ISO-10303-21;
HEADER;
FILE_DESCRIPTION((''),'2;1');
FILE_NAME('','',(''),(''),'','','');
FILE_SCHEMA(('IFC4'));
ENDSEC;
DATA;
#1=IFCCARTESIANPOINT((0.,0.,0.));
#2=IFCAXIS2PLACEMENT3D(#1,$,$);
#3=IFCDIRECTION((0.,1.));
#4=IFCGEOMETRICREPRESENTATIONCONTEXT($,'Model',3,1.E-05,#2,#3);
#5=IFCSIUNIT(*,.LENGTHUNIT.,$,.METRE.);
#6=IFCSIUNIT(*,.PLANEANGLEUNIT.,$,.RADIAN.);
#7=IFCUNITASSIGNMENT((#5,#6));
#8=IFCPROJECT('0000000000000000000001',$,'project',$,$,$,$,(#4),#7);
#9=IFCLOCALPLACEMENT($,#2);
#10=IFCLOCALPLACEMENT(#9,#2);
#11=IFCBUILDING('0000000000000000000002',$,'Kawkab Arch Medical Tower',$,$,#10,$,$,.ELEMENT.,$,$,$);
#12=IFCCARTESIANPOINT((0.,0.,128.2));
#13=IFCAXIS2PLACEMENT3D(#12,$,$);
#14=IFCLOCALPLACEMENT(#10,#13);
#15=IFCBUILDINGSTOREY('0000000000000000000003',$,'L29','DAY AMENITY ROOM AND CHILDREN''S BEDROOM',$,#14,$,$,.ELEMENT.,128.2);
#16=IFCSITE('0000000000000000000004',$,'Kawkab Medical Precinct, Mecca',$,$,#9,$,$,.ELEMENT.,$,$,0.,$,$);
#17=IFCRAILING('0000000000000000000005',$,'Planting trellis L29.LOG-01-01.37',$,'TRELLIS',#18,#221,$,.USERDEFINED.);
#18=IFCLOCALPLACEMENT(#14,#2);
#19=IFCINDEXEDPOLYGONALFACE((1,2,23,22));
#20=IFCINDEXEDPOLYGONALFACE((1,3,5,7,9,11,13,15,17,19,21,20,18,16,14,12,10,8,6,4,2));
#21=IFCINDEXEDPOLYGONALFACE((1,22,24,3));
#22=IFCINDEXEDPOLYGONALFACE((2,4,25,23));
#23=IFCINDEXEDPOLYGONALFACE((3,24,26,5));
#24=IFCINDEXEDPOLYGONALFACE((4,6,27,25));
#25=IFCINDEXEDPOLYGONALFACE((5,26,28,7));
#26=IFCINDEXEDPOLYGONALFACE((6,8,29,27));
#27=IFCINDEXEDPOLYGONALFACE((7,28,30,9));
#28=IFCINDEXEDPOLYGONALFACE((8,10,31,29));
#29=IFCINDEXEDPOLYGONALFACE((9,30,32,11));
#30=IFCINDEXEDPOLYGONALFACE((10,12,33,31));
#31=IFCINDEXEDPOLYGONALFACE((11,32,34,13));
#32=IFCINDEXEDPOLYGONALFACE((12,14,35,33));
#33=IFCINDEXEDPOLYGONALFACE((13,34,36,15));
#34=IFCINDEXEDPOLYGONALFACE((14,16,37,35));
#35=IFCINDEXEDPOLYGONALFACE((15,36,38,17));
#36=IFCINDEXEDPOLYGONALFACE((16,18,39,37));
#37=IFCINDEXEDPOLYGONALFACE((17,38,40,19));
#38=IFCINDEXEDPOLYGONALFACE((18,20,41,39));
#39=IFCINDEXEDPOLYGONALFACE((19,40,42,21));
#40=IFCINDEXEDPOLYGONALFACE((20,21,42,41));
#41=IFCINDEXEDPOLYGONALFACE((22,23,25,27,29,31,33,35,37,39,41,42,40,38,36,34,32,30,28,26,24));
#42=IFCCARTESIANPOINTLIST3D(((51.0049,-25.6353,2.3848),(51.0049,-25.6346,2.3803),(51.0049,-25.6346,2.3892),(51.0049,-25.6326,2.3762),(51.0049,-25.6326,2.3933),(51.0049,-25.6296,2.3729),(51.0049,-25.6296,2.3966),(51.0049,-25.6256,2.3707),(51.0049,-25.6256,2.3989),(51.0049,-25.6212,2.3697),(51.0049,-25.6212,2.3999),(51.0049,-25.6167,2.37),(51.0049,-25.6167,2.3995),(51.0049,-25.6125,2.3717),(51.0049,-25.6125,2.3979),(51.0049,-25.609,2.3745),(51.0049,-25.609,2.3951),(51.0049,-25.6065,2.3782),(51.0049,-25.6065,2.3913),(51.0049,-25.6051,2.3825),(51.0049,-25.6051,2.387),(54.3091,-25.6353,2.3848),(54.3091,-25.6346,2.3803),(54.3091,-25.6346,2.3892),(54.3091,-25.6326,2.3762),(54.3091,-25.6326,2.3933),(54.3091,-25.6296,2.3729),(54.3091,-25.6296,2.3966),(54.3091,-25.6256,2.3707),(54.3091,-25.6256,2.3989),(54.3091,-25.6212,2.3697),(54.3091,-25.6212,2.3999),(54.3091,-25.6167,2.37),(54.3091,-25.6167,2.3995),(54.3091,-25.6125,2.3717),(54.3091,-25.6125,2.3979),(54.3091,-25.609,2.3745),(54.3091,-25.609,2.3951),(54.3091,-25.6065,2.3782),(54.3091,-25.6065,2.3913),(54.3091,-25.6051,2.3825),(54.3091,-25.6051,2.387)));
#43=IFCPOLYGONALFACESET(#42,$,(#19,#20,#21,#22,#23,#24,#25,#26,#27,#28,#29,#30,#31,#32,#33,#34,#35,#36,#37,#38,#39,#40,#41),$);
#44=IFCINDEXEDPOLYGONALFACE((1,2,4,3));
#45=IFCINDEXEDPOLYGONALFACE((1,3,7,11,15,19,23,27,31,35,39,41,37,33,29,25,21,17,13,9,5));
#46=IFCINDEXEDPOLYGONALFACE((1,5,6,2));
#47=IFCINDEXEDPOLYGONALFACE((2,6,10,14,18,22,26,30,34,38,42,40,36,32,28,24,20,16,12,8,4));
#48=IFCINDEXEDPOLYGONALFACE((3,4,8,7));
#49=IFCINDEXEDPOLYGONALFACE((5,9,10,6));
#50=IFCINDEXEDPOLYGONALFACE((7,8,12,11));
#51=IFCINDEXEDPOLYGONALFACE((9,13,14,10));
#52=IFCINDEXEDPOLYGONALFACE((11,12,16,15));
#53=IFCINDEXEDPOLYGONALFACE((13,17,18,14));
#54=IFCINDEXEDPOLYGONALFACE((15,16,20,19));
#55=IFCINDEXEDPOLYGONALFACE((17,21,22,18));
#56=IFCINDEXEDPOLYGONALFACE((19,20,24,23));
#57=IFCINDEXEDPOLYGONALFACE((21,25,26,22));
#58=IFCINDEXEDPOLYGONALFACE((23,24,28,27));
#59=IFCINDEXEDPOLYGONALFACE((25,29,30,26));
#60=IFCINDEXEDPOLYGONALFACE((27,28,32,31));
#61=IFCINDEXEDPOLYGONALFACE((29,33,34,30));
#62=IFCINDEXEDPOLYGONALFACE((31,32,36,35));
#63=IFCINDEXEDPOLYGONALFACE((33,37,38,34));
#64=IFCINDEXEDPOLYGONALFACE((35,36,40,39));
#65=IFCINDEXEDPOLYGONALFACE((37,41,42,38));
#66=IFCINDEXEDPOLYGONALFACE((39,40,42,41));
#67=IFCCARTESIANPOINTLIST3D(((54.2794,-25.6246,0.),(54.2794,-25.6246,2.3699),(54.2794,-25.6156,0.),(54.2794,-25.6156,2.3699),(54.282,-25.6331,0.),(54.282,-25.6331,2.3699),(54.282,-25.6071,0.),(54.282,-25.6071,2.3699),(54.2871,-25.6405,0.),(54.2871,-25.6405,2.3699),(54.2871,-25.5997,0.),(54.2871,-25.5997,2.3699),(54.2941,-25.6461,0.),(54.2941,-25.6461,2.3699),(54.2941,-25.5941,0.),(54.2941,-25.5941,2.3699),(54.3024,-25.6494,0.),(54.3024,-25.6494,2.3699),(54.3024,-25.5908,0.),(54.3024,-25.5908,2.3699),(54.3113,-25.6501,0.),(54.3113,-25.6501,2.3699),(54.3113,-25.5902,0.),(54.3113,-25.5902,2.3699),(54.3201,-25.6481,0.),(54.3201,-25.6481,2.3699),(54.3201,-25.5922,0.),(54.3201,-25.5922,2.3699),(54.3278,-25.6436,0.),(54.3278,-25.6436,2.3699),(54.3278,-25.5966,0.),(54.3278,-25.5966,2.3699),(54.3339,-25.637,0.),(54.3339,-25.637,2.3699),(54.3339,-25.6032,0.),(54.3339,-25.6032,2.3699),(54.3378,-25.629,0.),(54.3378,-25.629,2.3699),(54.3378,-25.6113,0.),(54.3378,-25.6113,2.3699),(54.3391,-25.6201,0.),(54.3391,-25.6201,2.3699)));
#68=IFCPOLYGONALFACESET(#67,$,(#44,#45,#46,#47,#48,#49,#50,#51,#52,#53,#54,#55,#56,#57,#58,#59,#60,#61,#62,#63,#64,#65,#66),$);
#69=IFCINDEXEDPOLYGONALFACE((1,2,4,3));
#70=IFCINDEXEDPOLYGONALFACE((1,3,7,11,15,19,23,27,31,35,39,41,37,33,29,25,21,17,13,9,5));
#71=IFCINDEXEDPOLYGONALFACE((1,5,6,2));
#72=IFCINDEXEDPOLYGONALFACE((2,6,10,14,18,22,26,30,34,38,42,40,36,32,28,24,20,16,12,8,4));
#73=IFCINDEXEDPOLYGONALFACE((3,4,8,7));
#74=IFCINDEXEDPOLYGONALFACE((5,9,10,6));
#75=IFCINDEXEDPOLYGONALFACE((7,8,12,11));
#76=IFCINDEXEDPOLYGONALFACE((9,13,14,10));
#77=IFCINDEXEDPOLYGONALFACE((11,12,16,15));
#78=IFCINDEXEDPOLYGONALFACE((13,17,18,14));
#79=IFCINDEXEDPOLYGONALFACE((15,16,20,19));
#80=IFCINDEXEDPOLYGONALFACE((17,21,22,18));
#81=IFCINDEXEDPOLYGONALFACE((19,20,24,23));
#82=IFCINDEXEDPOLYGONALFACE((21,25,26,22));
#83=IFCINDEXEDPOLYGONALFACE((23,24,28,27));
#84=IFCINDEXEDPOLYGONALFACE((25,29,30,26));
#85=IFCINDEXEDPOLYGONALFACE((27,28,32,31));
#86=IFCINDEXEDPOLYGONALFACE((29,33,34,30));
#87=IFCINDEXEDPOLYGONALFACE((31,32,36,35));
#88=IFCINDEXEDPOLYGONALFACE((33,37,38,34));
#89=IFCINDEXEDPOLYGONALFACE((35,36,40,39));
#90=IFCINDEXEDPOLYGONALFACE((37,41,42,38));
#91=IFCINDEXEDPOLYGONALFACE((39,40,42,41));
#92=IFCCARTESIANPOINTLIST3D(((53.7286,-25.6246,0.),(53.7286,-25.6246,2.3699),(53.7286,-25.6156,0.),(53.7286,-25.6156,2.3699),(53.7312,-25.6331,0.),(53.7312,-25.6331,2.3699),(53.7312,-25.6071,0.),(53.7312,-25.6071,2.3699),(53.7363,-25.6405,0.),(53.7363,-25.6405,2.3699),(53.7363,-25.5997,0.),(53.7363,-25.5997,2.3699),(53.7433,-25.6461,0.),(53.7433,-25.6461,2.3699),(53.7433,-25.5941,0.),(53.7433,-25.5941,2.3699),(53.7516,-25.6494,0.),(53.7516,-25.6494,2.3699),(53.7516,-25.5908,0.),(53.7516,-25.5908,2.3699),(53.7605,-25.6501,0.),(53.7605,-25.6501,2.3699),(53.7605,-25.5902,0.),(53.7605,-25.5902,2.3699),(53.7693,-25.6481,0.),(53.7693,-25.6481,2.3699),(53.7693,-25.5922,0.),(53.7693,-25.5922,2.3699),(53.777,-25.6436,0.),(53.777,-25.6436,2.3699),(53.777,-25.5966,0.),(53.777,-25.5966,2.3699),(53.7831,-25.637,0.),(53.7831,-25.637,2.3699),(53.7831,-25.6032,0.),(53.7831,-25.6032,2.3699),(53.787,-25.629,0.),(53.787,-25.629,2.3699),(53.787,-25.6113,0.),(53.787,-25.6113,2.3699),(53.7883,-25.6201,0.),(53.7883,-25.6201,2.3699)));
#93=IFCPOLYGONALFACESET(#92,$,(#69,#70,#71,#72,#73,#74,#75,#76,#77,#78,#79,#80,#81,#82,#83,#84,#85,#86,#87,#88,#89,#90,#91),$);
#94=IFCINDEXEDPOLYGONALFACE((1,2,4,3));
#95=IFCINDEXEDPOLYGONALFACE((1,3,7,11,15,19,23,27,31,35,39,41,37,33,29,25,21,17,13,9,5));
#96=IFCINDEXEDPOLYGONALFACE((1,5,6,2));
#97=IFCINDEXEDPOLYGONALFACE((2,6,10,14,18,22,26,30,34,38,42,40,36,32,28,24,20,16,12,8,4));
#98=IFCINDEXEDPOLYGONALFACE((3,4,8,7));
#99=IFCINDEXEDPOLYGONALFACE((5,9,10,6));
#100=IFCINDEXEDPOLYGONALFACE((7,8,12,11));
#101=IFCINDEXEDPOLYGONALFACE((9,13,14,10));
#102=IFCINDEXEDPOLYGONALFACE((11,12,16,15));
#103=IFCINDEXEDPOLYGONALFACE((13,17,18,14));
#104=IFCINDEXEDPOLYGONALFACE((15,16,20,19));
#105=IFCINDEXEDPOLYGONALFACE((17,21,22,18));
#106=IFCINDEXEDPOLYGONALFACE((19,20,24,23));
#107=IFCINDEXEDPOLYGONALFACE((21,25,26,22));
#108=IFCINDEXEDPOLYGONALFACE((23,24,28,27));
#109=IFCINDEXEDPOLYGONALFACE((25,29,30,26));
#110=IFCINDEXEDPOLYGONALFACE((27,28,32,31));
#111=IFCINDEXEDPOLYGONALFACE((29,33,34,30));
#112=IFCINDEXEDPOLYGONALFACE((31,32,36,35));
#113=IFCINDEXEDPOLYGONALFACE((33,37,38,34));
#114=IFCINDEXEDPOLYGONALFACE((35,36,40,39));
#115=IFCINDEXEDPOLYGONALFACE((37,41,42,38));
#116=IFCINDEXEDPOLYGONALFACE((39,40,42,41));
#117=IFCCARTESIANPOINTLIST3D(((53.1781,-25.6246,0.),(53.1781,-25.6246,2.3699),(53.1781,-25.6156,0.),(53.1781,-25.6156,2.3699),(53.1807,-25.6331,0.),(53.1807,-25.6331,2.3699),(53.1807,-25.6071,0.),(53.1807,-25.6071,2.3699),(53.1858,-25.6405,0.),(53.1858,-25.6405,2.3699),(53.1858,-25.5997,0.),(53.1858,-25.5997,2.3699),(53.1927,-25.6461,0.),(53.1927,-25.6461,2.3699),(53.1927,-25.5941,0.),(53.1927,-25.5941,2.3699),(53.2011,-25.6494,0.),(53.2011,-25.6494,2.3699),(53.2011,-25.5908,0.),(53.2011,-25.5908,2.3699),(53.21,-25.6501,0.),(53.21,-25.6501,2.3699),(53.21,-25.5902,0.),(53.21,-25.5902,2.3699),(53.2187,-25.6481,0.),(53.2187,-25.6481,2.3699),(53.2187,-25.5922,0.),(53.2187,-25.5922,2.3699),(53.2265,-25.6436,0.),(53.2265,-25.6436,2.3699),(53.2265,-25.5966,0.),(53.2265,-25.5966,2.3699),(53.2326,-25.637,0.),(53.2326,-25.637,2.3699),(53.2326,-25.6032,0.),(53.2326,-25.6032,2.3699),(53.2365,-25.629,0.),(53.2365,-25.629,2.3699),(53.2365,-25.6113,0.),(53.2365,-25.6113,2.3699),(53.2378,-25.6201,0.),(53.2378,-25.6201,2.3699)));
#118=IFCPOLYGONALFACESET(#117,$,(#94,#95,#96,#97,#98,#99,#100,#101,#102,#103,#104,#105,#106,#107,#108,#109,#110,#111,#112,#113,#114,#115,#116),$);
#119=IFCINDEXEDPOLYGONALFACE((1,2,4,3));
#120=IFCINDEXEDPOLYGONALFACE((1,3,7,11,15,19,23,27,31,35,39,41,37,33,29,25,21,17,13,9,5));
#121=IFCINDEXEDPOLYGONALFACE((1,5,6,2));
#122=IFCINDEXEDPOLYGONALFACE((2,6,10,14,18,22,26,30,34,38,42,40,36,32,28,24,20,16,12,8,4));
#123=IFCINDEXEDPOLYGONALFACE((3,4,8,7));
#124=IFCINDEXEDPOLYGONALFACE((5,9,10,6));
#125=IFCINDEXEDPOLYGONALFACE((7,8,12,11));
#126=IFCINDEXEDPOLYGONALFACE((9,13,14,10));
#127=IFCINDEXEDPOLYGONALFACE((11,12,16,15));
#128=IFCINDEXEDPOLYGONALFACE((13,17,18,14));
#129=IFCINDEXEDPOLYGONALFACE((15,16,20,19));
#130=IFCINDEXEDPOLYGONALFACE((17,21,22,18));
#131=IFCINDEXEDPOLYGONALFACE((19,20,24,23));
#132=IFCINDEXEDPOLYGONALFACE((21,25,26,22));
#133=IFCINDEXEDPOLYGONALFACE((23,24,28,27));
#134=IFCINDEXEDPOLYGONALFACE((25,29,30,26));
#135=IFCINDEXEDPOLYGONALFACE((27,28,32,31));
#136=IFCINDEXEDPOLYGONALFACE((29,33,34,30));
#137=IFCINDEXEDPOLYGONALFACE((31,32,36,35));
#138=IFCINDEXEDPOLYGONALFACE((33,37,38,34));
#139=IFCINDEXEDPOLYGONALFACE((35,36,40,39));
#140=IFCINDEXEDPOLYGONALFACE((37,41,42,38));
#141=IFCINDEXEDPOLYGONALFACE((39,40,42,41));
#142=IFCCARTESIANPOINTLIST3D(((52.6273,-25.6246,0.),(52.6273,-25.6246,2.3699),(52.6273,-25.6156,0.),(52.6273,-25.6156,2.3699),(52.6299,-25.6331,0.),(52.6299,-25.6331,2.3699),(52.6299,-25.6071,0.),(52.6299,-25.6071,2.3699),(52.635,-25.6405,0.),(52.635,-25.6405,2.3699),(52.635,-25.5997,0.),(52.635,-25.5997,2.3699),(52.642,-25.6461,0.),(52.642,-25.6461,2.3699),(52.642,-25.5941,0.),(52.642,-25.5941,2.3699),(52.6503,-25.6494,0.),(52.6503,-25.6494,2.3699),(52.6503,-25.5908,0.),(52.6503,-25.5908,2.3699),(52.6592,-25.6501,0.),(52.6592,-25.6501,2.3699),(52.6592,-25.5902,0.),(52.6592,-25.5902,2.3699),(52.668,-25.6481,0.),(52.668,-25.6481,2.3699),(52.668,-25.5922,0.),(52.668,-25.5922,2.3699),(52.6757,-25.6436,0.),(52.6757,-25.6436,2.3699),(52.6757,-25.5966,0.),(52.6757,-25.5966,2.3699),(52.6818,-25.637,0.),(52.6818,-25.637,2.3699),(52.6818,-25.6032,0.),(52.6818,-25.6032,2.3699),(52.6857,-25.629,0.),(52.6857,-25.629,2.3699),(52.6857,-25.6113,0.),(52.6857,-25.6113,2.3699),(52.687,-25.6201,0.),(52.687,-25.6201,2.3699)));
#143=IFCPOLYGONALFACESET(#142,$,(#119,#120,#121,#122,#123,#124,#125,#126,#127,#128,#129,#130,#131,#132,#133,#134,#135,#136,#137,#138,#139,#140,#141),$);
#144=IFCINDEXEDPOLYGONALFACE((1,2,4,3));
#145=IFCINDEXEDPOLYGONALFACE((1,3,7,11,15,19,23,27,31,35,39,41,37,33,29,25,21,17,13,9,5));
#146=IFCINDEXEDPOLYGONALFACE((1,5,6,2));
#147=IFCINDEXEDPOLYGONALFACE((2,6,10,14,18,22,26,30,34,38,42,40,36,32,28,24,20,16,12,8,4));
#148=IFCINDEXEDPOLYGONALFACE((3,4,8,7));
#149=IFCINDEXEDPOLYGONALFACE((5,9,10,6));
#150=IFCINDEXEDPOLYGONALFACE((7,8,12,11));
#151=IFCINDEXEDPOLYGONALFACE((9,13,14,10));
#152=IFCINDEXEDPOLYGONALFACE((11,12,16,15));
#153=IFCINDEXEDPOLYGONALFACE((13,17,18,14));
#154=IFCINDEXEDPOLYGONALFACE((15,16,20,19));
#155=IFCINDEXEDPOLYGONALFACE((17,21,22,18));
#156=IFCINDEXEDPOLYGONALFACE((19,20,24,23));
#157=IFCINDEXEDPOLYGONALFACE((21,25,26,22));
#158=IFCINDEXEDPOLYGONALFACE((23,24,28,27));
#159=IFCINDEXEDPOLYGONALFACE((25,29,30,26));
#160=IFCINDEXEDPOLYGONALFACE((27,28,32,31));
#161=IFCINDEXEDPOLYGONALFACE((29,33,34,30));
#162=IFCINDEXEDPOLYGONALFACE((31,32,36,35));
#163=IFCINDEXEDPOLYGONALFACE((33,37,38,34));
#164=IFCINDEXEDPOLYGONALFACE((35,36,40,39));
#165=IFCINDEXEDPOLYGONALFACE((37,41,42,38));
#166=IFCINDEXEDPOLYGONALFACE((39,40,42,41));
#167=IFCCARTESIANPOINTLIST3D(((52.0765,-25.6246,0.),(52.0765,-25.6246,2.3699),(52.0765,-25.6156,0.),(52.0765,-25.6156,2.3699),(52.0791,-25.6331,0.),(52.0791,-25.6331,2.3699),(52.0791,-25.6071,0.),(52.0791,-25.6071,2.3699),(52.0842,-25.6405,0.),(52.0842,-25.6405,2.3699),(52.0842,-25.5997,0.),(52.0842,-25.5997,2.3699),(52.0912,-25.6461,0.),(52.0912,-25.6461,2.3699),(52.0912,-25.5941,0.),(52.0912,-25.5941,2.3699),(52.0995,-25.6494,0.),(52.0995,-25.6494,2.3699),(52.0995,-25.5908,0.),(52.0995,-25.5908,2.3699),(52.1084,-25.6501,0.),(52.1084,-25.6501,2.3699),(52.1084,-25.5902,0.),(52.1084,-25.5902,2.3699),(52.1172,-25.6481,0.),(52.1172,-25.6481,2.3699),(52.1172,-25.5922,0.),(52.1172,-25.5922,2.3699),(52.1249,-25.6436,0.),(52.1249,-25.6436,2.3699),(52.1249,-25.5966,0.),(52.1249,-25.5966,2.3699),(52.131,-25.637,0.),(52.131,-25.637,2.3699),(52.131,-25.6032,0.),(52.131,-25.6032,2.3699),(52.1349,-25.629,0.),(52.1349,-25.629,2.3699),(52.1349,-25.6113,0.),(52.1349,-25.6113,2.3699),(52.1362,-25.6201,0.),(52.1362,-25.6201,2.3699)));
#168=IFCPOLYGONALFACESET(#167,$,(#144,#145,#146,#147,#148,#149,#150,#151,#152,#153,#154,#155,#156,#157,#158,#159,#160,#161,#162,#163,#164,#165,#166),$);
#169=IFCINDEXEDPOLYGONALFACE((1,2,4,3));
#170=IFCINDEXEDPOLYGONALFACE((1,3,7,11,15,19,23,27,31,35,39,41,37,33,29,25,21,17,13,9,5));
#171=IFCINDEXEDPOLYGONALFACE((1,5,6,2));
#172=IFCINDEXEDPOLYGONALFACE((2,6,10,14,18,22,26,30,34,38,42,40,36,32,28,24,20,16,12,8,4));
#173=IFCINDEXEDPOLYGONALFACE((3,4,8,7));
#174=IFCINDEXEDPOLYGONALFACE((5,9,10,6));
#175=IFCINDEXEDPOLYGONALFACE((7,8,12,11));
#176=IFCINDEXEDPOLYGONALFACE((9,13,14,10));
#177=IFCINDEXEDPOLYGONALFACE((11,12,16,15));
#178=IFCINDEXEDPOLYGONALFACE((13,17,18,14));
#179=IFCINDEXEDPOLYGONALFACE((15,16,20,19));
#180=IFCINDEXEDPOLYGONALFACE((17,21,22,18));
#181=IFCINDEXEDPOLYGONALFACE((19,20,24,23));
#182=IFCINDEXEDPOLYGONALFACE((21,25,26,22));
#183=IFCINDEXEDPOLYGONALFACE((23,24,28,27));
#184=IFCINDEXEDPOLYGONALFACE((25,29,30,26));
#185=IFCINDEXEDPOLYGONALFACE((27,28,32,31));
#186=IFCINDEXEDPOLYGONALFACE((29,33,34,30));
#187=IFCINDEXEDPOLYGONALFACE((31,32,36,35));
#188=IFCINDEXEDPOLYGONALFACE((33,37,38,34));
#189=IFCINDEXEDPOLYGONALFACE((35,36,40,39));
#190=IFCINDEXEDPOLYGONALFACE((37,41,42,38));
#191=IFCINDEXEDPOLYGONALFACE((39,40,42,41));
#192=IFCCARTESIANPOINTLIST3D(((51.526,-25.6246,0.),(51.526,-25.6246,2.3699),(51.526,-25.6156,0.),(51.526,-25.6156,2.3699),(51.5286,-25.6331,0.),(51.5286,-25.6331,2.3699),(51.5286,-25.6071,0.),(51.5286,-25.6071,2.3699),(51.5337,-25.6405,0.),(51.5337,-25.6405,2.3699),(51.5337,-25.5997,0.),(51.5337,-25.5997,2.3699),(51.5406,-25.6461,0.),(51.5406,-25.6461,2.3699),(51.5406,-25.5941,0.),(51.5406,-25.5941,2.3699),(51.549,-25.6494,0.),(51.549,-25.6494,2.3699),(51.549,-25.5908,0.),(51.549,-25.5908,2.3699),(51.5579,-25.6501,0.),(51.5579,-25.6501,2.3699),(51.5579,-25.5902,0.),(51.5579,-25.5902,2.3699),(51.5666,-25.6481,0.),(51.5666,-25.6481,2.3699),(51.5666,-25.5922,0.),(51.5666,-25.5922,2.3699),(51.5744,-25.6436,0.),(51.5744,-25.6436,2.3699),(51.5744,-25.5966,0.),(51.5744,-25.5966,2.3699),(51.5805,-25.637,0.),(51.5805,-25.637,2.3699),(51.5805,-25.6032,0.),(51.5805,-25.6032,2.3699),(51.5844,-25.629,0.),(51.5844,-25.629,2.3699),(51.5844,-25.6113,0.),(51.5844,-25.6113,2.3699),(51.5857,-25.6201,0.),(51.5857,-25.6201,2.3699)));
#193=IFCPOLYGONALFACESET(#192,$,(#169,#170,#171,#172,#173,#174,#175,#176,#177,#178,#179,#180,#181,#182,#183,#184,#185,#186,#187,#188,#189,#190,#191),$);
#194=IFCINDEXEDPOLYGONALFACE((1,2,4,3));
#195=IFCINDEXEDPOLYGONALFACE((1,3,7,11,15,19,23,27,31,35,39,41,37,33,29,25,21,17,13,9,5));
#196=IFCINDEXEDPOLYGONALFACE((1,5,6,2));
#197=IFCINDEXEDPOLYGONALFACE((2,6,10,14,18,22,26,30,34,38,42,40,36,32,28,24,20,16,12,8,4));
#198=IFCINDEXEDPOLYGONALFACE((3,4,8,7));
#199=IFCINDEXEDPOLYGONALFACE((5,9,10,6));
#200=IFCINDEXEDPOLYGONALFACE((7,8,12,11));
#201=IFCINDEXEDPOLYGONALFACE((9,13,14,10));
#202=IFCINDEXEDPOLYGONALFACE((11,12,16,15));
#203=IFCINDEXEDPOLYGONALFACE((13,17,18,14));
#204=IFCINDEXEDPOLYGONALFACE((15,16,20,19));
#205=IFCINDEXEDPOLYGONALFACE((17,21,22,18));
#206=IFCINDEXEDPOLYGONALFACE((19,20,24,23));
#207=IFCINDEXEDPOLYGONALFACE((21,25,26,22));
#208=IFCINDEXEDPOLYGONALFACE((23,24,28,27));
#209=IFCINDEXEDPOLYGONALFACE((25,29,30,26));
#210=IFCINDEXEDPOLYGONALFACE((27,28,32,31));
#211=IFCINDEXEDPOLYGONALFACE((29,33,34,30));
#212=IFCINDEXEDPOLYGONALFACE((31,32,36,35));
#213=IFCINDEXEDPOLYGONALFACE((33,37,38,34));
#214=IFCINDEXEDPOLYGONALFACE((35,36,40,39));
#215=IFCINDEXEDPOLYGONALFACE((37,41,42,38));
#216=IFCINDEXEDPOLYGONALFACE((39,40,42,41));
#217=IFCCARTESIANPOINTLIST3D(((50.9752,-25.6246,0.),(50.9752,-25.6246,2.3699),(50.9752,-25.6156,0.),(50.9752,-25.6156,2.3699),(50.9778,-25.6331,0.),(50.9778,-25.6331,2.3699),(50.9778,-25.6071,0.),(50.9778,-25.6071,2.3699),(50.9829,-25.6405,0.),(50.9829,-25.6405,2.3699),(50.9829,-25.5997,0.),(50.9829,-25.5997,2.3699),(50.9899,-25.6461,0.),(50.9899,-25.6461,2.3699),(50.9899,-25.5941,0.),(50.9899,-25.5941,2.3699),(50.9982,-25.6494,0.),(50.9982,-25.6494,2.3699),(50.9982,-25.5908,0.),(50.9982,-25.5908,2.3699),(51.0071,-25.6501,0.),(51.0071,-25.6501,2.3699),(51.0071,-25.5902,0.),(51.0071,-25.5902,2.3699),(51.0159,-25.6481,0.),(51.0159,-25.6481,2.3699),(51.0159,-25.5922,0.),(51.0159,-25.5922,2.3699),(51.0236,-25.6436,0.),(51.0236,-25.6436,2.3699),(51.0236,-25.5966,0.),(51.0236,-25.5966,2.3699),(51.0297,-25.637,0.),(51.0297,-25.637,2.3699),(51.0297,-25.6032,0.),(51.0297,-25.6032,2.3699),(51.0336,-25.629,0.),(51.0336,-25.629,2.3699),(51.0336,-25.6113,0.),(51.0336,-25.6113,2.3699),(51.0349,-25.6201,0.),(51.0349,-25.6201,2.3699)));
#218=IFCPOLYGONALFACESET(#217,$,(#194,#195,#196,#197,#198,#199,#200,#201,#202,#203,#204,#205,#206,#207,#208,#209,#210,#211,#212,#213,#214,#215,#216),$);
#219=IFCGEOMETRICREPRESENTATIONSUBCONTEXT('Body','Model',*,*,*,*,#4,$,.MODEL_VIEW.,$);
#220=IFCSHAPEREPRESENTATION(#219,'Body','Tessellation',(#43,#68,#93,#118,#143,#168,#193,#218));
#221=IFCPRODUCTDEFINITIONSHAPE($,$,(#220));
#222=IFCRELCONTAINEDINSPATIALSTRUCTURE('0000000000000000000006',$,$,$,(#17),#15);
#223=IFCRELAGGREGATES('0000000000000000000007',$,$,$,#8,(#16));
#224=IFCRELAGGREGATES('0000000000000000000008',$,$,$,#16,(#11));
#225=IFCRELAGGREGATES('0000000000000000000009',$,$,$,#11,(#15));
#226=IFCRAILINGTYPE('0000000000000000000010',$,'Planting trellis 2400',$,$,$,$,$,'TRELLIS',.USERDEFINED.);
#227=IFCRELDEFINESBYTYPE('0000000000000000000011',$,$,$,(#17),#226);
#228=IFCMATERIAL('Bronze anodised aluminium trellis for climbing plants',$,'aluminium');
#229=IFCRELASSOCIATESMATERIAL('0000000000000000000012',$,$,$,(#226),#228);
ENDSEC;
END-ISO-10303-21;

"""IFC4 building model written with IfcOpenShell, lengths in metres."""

from ifc_helpers import new_model, si_unit, direction, frame, origin, origin_2d, place, context, subcontext, project, spatial, circle, extrude, material, type_object, element, save


model = new_model("IFC4")

# Units and contexts
model_context = context("Model", 3, precision=1e-05, world=origin(), true_north=direction((0.0, 1.0)))
body_context = subcontext(model_context, "Body", "Model", "MODEL_VIEW")
ifc_project = project(units=[si_unit("LENGTHUNIT", "METRE"), si_unit("PLANEANGLEUNIT", "RADIAN")], contexts=[model_context])

# Site, building, storey
site_placement = place(None, origin())
site = spatial("IfcSite", under=ifc_project, at=site_placement, Name="Kawkab Medical Precinct, Mecca", CompositionType="ELEMENT", RefElevation=0.0)
building_placement = place(site_placement, origin())
building = spatial("IfcBuilding", under=site, at=building_placement, Name="Kawkab Arch Medical Tower", CompositionType="ELEMENT")
storey_placement = place(building_placement, frame((0.0, 0.0, 128.2)))
storey = spatial("IfcBuildingStorey", under=building, at=storey_placement, Name="L29", Description="DAY AMENITY ROOM AND CHILDREN'S BEDROOM", CompositionType="ELEMENT", Elevation=128.2)

# Railing
ifc_material_1 = material(Name="Bronze anodised aluminium trellis for climbing plants", Category="aluminium")
railing_type = type_object("IfcRailingType", Name="Planting trellis 2400", ElementType="TRELLIS", PredefinedType="USERDEFINED", material=ifc_material_1)
railing_1_placement = place(storey_placement, frame((54.3091, -25.6201, 0.0)))
element("IfcRailing", 1, at=railing_1_placement, inside=storey, type_object=railing_type, Name="Planting trellis L29.LOG-01-01.37", ObjectType="TRELLIS", PredefinedType="USERDEFINED", context=body_context, shape_type="SweptSolid", body=[
    extrude(circle(Radius=0.0151, at=origin_2d()), frame((0.0, 0.0, 2.3848), z_axis=(-1.0, 0.0, 0.0), x_axis=(0.0, -1.0, 0.0)), (0.0, 0.0, 1.0), 3.3042),
    extrude(circle(Radius=0.03, at=origin_2d()), origin(), (0.0, 0.0, 1.0), 2.3699),
    extrude(circle(Radius=0.03, at=origin_2d()), frame((-0.5508, 0.0, 0.0)), (0.0, 0.0, 1.0), 2.3699),
    extrude(circle(Radius=0.03, at=origin_2d()), frame((-1.1013, 0.0, 0.0)), (0.0, 0.0, 1.0), 2.3699),
    extrude(circle(Radius=0.03, at=origin_2d()), frame((-1.6521, 0.0, 0.0)), (0.0, 0.0, 1.0), 2.3699),
    extrude(circle(Radius=0.03, at=origin_2d()), frame((-2.2029, 0.0, 0.0)), (0.0, 0.0, 1.0), 2.3699),
    extrude(circle(Radius=0.03, at=origin_2d()), frame((-2.7534, 0.0, 0.0)), (0.0, 0.0, 1.0), 2.3699),
    extrude(circle(Radius=0.03, at=origin_2d()), frame((-3.3042, 0.0, 0.0)), (0.0, 0.0, 1.0), 2.3699),
])

save(model, "model.ifc")
